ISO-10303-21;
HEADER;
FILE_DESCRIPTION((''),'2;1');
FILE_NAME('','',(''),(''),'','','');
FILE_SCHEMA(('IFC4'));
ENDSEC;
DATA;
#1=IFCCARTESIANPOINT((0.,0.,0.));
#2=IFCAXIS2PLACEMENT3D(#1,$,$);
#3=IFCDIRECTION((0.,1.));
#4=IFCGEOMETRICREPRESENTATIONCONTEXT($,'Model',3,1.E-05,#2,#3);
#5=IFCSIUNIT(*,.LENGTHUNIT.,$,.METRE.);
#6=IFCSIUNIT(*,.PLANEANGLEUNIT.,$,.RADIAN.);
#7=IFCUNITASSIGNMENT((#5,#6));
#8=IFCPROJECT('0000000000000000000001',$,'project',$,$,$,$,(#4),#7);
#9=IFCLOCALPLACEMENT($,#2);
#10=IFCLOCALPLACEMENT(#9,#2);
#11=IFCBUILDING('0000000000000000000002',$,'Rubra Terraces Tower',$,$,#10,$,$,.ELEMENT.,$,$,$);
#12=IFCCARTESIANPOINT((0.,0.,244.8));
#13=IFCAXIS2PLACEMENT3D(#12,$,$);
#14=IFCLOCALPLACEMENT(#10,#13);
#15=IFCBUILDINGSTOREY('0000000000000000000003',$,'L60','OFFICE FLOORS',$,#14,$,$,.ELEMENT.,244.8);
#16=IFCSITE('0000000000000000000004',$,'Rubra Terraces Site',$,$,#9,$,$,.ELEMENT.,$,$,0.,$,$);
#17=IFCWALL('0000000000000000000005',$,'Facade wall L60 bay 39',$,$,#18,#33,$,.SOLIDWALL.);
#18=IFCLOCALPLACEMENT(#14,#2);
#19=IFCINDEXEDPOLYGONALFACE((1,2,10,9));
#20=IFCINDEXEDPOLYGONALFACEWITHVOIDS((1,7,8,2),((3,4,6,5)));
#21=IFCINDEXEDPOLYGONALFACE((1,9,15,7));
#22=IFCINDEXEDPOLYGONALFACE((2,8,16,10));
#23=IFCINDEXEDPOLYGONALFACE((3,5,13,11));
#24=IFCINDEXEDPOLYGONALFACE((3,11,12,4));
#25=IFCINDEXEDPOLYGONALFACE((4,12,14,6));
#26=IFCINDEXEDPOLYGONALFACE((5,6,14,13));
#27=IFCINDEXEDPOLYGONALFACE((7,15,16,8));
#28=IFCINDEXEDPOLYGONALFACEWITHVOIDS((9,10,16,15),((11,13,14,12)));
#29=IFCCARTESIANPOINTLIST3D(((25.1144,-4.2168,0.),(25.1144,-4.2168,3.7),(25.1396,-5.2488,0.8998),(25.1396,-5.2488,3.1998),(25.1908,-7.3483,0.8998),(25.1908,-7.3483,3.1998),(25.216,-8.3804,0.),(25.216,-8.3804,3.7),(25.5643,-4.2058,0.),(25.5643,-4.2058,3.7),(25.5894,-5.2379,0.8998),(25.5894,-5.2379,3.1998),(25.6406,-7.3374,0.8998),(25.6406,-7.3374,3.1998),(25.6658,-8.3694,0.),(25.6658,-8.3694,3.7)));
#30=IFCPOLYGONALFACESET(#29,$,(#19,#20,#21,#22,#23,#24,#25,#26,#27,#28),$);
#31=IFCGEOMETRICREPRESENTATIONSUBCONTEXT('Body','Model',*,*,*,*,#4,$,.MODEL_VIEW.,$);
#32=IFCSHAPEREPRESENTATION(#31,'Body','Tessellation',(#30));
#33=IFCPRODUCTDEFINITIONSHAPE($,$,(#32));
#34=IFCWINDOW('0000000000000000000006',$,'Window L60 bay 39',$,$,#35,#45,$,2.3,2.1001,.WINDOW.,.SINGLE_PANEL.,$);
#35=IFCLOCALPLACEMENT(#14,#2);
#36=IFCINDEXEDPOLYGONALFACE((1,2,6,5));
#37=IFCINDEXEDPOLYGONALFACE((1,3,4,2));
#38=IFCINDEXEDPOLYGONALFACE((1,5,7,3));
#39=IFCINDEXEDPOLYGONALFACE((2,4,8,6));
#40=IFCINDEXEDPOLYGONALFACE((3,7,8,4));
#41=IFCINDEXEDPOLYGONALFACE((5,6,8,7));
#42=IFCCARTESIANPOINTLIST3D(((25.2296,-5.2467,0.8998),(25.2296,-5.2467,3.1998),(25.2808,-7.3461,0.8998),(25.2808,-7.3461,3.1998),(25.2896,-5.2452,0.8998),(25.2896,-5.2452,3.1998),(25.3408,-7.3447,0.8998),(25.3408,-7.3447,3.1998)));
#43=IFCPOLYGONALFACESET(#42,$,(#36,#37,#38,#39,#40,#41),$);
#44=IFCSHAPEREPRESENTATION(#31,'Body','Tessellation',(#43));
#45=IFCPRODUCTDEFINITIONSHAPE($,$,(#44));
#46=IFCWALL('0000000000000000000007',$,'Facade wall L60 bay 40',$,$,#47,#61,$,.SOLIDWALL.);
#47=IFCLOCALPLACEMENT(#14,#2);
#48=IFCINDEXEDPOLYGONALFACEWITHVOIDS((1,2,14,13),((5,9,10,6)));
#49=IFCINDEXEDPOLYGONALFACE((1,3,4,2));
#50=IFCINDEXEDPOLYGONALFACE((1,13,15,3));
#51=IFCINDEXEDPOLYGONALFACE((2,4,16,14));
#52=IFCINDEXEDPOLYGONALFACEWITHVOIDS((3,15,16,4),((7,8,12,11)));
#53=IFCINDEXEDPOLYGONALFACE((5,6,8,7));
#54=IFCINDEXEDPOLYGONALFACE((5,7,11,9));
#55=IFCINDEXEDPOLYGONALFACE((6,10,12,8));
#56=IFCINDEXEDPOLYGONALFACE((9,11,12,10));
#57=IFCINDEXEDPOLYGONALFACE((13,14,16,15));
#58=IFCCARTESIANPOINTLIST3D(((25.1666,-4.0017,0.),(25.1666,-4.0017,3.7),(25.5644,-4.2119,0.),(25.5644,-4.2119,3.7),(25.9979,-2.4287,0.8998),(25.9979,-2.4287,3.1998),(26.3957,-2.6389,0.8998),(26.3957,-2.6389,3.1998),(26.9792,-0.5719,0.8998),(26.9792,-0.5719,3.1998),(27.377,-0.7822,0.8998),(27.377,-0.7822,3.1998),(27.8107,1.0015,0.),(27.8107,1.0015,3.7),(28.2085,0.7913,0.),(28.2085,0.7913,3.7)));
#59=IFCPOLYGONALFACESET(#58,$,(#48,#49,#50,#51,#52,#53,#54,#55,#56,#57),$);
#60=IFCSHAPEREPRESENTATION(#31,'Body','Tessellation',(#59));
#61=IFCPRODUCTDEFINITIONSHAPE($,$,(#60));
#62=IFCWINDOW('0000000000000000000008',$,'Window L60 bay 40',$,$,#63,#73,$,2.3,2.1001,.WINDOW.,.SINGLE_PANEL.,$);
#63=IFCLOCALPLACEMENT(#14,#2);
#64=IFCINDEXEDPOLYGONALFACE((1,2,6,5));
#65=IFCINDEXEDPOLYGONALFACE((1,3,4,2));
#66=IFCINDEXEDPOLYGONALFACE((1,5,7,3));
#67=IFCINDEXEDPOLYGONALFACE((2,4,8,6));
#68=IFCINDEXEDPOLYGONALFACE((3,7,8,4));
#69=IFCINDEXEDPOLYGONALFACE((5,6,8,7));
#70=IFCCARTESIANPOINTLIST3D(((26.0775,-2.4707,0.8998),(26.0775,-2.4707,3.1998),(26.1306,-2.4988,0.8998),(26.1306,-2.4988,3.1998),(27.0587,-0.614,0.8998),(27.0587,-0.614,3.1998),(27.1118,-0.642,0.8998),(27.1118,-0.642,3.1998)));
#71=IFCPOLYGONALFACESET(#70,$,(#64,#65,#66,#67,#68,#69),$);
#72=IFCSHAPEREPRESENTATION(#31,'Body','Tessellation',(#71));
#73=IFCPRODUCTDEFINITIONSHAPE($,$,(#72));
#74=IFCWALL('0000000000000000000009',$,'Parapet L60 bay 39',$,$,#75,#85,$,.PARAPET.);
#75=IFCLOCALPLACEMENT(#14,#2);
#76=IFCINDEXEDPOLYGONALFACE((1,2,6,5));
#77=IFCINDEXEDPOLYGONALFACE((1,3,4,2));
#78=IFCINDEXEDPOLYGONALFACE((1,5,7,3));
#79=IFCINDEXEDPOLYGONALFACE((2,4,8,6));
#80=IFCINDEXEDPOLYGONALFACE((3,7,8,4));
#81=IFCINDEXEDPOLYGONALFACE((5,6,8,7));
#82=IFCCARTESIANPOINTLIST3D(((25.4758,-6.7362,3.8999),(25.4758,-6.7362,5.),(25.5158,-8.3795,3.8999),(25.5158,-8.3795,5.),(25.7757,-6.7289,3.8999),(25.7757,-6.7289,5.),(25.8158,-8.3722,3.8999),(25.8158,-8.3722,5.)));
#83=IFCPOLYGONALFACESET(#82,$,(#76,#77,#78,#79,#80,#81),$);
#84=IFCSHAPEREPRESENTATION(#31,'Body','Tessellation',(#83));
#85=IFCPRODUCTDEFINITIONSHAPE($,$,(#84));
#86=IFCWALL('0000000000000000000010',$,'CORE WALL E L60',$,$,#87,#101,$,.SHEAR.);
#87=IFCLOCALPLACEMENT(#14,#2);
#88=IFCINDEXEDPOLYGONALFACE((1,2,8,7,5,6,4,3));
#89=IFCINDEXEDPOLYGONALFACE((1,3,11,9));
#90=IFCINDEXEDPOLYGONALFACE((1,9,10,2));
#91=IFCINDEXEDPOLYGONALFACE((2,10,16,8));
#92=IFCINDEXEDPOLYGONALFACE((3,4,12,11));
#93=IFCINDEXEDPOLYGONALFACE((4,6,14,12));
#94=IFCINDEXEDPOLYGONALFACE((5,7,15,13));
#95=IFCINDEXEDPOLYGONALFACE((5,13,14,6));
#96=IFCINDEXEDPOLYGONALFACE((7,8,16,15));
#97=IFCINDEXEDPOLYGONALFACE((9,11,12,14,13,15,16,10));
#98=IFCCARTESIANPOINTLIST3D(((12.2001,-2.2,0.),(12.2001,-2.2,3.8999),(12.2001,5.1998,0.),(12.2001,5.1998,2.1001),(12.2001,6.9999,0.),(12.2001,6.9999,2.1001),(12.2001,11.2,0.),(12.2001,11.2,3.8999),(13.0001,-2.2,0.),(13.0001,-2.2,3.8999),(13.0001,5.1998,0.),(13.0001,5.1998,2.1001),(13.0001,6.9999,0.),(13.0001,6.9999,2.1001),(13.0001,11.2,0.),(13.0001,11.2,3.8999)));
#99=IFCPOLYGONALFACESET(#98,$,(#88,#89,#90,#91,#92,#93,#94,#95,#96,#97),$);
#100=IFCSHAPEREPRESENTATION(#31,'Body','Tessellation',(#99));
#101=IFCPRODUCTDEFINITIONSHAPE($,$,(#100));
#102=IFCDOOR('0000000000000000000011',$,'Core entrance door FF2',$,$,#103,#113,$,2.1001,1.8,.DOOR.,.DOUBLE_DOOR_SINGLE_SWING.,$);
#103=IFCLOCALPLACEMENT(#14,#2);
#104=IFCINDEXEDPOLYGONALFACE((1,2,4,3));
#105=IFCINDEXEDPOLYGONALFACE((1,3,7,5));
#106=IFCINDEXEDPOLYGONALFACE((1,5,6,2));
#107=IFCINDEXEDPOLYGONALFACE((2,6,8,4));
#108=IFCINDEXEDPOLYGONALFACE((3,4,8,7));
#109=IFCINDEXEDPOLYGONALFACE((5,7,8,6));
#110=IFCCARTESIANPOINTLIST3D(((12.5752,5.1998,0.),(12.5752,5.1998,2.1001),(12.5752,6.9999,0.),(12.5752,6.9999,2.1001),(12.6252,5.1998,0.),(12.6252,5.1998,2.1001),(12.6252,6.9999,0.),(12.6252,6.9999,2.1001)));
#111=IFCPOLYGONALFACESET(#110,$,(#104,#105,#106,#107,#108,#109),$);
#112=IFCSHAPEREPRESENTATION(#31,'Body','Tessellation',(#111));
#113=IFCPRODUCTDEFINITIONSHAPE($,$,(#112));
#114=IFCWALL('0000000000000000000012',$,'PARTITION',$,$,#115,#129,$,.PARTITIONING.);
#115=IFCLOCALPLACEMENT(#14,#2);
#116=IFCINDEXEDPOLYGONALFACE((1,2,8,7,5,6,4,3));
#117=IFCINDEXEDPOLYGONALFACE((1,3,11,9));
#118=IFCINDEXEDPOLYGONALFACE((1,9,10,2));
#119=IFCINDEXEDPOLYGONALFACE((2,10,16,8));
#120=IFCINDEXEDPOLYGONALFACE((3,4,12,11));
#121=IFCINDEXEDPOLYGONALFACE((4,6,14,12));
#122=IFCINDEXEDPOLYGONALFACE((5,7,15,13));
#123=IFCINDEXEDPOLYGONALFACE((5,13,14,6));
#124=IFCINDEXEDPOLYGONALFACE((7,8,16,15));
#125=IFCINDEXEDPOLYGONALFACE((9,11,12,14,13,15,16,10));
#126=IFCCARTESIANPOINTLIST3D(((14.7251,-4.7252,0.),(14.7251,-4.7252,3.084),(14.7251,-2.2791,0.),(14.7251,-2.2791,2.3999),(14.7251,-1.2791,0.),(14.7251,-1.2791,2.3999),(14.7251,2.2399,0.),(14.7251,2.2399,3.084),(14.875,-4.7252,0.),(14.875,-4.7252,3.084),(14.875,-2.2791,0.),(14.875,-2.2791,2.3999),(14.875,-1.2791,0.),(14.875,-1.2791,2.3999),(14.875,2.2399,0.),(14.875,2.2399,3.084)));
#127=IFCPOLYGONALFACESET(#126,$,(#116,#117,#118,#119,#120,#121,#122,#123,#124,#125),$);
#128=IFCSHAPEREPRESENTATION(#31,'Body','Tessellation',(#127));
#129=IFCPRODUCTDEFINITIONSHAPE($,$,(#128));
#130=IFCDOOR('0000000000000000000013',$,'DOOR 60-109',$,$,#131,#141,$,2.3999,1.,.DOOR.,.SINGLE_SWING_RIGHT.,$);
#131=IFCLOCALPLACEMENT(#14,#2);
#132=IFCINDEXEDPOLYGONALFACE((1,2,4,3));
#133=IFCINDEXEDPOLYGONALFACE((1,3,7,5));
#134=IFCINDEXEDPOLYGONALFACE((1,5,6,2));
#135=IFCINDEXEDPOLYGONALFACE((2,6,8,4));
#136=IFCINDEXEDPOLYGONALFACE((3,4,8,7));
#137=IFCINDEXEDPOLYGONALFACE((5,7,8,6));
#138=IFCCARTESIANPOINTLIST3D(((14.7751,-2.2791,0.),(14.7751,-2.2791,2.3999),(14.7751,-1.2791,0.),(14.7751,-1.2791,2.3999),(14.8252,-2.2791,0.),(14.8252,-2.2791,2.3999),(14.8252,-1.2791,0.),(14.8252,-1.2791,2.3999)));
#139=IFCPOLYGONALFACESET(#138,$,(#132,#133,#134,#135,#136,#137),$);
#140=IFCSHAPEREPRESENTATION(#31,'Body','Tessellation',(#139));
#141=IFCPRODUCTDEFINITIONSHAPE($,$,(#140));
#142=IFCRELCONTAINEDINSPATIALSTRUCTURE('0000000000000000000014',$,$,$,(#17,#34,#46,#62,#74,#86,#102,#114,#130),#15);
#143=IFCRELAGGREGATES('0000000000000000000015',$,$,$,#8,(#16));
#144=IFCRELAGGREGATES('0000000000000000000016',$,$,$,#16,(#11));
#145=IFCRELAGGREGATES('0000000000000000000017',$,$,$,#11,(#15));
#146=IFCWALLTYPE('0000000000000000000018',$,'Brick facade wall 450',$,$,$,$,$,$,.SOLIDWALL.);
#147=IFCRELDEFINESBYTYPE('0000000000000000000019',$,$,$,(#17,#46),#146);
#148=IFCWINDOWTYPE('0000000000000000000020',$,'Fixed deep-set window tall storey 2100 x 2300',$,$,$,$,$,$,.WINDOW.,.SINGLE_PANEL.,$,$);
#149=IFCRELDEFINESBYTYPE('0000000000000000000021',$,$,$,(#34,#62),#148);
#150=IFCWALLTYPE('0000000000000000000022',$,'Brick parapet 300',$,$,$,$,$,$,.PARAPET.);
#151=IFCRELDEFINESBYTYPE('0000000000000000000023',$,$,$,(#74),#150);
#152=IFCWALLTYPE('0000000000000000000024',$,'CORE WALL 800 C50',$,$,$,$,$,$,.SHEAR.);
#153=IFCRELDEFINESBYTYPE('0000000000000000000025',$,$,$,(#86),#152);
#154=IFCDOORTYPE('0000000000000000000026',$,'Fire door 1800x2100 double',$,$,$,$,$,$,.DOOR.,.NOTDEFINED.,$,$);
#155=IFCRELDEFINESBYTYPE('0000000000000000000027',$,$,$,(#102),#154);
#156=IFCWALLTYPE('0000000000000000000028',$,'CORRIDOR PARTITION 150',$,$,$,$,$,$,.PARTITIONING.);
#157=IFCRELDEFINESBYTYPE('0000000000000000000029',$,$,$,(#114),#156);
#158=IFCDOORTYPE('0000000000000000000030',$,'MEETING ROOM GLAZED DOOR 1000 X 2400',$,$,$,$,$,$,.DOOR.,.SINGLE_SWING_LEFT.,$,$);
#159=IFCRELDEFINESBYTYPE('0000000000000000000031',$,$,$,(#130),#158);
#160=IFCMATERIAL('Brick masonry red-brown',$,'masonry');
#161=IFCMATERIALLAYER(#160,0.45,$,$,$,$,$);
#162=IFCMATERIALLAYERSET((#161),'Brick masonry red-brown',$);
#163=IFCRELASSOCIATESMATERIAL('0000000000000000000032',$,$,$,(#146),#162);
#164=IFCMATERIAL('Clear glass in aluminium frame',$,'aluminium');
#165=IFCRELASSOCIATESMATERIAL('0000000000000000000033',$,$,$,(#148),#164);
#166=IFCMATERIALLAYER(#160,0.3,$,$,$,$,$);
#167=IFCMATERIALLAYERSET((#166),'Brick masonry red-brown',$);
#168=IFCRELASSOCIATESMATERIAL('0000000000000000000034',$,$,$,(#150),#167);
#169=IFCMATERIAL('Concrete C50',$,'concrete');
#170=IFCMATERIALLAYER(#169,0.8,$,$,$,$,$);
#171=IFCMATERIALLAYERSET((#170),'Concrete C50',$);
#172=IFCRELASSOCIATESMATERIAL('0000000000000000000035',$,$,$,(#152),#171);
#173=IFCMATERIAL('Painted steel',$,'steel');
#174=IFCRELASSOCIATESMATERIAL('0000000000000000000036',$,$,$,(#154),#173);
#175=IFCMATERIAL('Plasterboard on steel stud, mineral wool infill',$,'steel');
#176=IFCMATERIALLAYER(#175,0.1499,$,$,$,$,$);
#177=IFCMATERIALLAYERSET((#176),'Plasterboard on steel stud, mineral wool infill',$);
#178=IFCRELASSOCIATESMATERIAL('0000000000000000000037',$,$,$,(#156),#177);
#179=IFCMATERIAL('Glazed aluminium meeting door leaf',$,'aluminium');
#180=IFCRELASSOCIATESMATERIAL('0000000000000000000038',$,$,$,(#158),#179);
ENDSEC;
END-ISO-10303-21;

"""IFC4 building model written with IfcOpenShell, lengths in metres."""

from ifc_helpers import new_model, si_unit, direction, frame, frame_2d, origin, place, context, subcontext, project, spatial, rectangle, extrude, material, layer, layer_set, type_object, element, fill, save


model = new_model("IFC4")

# Units and contexts
model_context = context("Model", 3, precision=1e-05, world=origin(), true_north=direction((0.0, 1.0)))
body_context = subcontext(model_context, "Body", "Model", "MODEL_VIEW")
ifc_project = project(units=[si_unit("LENGTHUNIT", "METRE"), si_unit("PLANEANGLEUNIT", "RADIAN")], contexts=[model_context])

# Site, building, storey
site_placement = place(None, origin())
site = spatial("IfcSite", under=ifc_project, at=site_placement, Name="Rubra Terraces Site", CompositionType="ELEMENT", RefElevation=0.0)
building_placement = place(site_placement, origin())
building = spatial("IfcBuilding", under=site, at=building_placement, Name="Rubra Terraces Tower", CompositionType="ELEMENT")
storey_placement = place(building_placement, frame((0.0, 0.0, 244.8)))
storey = spatial("IfcBuildingStorey", under=building, at=storey_placement, Name="L60", Description="OFFICE FLOORS", CompositionType="ELEMENT", Elevation=244.8)

# Shared definitions
ifc_material_1 = material(Name="Concrete C50", Category="concrete")

# Walls, openings, windows
ifc_material_2 = material(Name="Brick masonry red-brown", Category="masonry")
ifc_layer_1 = layer(ifc_material_2, 0.45)
ifc_layer_set_1 = layer_set([ifc_layer_1], Name="Brick masonry red-brown")
wall_type_1 = type_object("IfcWallType", Name="Brick facade wall 450", PredefinedType="SOLIDWALL", material=ifc_layer_set_1)
wall_1_placement = place(storey_placement, frame((25.4409, -8.375, 0.0), z_axis=(0.0, 0.0, 1.0), x_axis=(-0.024386, 0.999703, 0.0)))
wall_1 = element("IfcWall", 1, at=wall_1_placement, inside=storey, type_object=wall_type_1, Name="Facade wall L60 bay 39", PredefinedType="SOLIDWALL", context=body_context, shape_type="SweptSolid", body=[
    extrude(rectangle(XDim=4.1648, YDim=0.45, at=frame_2d((2.0825, 0.0))), origin(), (0.0, 0.0, 1.0), 3.7),
])
opening_1_placement = place(wall_1_placement, frame((1.0325, 0.0, 0.8999)))
opening_1 = element("IfcOpeningElement", 2, at=opening_1_placement, cuts=wall_1, PredefinedType="OPENING", context=body_context, shape_type="SweptSolid", body=[
    extrude(rectangle(XDim=2.1001, YDim=2.3, at=frame_2d((1.05, 1.1499))), frame((0.0, 0.2349, 0.0), z_axis=(0.0, -1.0, 0.0), x_axis=(1.0, 0.0, 0.0)), (0.0, 0.0, 1.0), 0.47),
])
ifc_material_3 = material(Name="Clear glass in aluminium frame", Category="aluminium")
window_type = type_object("IfcWindowType", Name="Fixed deep-set window tall storey 2100 x 2300", PartitioningType="SINGLE_PANEL", PredefinedType="WINDOW", material=ifc_material_3)
window_1_placement = place(opening_1_placement, origin())
window_1 = element("IfcWindow", 3, at=window_1_placement, inside=storey, type_object=window_type, Name="Window L60 bay 39", OverallHeight=2.3, OverallWidth=2.1001, PartitioningType="SINGLE_PANEL", PredefinedType="WINDOW", context=body_context, shape_type="SweptSolid", body=[
    extrude(rectangle(XDim=2.1001, YDim=2.3, at=frame_2d((1.05, 1.1499))), frame((0.0, 0.135, 0.0), z_axis=(0.0, -1.0, 0.0), x_axis=(1.0, 0.0, 0.0)), (0.0, 0.0, 1.0), 0.0601),
])
fill(opening_1, window_1)
wall_2_placement = place(storey_placement, frame((25.3655, -4.1069, 0.0), z_axis=(0.0, 0.0, 1.0), x_axis=(0.467239, 0.884131, 0.0)))
wall_2 = element("IfcWall", 4, at=wall_2_placement, inside=storey, type_object=wall_type_1, Name="Facade wall L60 bay 40", PredefinedType="SOLIDWALL", context=body_context, shape_type="SweptSolid", body=[
    extrude(rectangle(XDim=5.6589, YDim=0.45, at=frame_2d((2.8296, 0.0))), origin(), (0.0, 0.0, 1.0), 3.7),
])
opening_2_placement = place(wall_2_placement, frame((1.7793, 0.0, 0.8999)))
opening_2 = element("IfcOpeningElement", 5, at=opening_2_placement, cuts=wall_2, PredefinedType="OPENING", context=body_context, shape_type="SweptSolid", body=[
    extrude(rectangle(XDim=2.1001, YDim=2.3, at=frame_2d((1.05, 1.1499))), frame((0.0, 0.2349, 0.0), z_axis=(0.0, -1.0, 0.0), x_axis=(1.0, 0.0, 0.0)), (0.0, 0.0, 1.0), 0.47),
])
window_2_placement = place(opening_2_placement, origin())
window_2 = element("IfcWindow", 6, at=window_2_placement, inside=storey, type_object=window_type, Name="Window L60 bay 40", OverallHeight=2.3, OverallWidth=2.1001, PartitioningType="SINGLE_PANEL", PredefinedType="WINDOW", context=body_context, shape_type="SweptSolid", body=[
    extrude(rectangle(XDim=2.1001, YDim=2.3, at=frame_2d((1.05, 1.1499))), frame((0.0, 0.135, 0.0), z_axis=(0.0, -1.0, 0.0), x_axis=(1.0, 0.0, 0.0)), (0.0, 0.0, 1.0), 0.0601),
])
fill(opening_2, window_2)

# Wall
ifc_layer_2 = layer(ifc_material_2, 0.3)
ifc_layer_set_2 = layer_set([ifc_layer_2], Name="Brick masonry red-brown")
wall_type_2 = type_object("IfcWallType", Name="Brick parapet 300", PredefinedType="PARAPET", material=ifc_layer_set_2)
wall_3_placement = place(storey_placement, frame((25.6658, -8.3757, 3.8999), z_axis=(0.0, 0.0, 1.0), x_axis=(-0.024358, 0.999703, 0.0)))
element("IfcWall", 7, at=wall_3_placement, inside=storey, type_object=wall_type_2, Name="Parapet L60 bay 39", PredefinedType="PARAPET", context=body_context, shape_type="SweptSolid", body=[
    extrude(rectangle(XDim=1.6438, YDim=0.3, at=frame_2d((0.8218, 0.0))), origin(), (0.0, 0.0, 1.0), 1.1001),
])

# Walls, openings, doors
ifc_layer_3 = layer(ifc_material_1, 0.8)
ifc_layer_set_3 = layer_set([ifc_layer_3], Name="Concrete C50")
wall_type_3 = type_object("IfcWallType", Name="CORE WALL 800 C50", PredefinedType="SHEAR", material=ifc_layer_set_3)
wall_4_placement = place(storey_placement, frame((12.6001, -2.2, 0.0), z_axis=(0.0, 0.0, 1.0), x_axis=(0.0, 1.0, 0.0)))
wall_4 = element("IfcWall", 8, at=wall_4_placement, inside=storey, type_object=wall_type_3, Name="CORE WALL E L60", PredefinedType="SHEAR", context=body_context, shape_type="SweptSolid", body=[
    extrude(rectangle(XDim=13.3999, YDim=0.8, at=frame_2d((6.7, 0.0))), origin(), (0.0, 0.0, 1.0), 3.8999),
])
opening_3_placement = place(wall_4_placement, frame((7.3999, 0.0, 0.0)))
opening_3 = element("IfcOpeningElement", 9, at=opening_3_placement, cuts=wall_4, PredefinedType="OPENING", context=body_context, shape_type="SweptSolid", body=[
    extrude(rectangle(XDim=1.8, YDim=2.1001, at=frame_2d((0.8999, 1.05))), frame((0.0, 0.4099, 0.0), z_axis=(0.0, -1.0, 0.0), x_axis=(1.0, 0.0, 0.0)), (0.0, 0.0, 1.0), 0.8201),
])
ifc_material_4 = material(Name="Painted steel", Category="steel")
door_type_1 = type_object("IfcDoorType", Name="Fire door 1800x2100 double", OperationType="NOTDEFINED", PredefinedType="DOOR", material=ifc_material_4)
door_1_placement = place(opening_3_placement, origin())
door_1 = element("IfcDoor", 10, at=door_1_placement, inside=storey, type_object=door_type_1, Name="Core entrance door FF2", OperationType="DOUBLE_DOOR_SINGLE_SWING", OverallHeight=2.1001, OverallWidth=1.8, PredefinedType="DOOR", context=body_context, shape_type="SweptSolid", body=[
    extrude(rectangle(XDim=1.8, YDim=2.1001, at=frame_2d((0.8999, 1.05))), frame((0.0, 0.0249, 0.0), z_axis=(0.0, -1.0, 0.0), x_axis=(1.0, 0.0, 0.0)), (0.0, 0.0, 1.0), 0.05),
])
fill(opening_3, door_1)
ifc_material_5 = material(Name="Plasterboard on steel stud, mineral wool infill", Category="steel")
ifc_layer_4 = layer(ifc_material_5, 0.1499)
ifc_layer_set_4 = layer_set([ifc_layer_4], Name="Plasterboard on steel stud, mineral wool infill")
wall_type_4 = type_object("IfcWallType", Name="CORRIDOR PARTITION 150", PredefinedType="PARTITIONING", material=ifc_layer_set_4)
wall_5_placement = place(storey_placement, frame((14.8, -4.7251, 0.0), z_axis=(0.0, 0.0, 1.0), x_axis=(0.0, 1.0, 0.0)))
wall_5 = element("IfcWall", 11, at=wall_5_placement, inside=storey, type_object=wall_type_4, Name="PARTITION", PredefinedType="PARTITIONING", context=body_context, shape_type="SweptSolid", body=[
    extrude(rectangle(XDim=6.9651, YDim=0.1499, at=frame_2d((3.4824, 0.0))), origin(), (0.0, 0.0, 1.0), 3.084),
])
opening_4_placement = place(wall_5_placement, frame((2.446, 0.0, 0.0)))
opening_4 = element("IfcOpeningElement", 12, at=opening_4_placement, cuts=wall_5, PredefinedType="OPENING", context=body_context, shape_type="SweptSolid", body=[
    extrude(rectangle(XDim=1.0, YDim=2.3999, at=frame_2d((0.5, 1.2))), frame((0.0, 0.085, 0.0), z_axis=(0.0, -1.0, 0.0), x_axis=(1.0, 0.0, 0.0)), (0.0, 0.0, 1.0), 0.1699),
])
ifc_material_6 = material(Name="Glazed aluminium meeting door leaf", Category="aluminium")
door_type_2 = type_object("IfcDoorType", Name="MEETING ROOM GLAZED DOOR 1000 X 2400", OperationType="SINGLE_SWING_LEFT", PredefinedType="DOOR", material=ifc_material_6)
door_2_placement = place(opening_4_placement, origin())
door_2 = element("IfcDoor", 13, at=door_2_placement, inside=storey, type_object=door_type_2, Name="DOOR 60-109", OperationType="SINGLE_SWING_RIGHT", OverallHeight=2.3999, OverallWidth=1.0, PredefinedType="DOOR", context=body_context, shape_type="SweptSolid", body=[
    extrude(rectangle(XDim=1.0, YDim=2.3999, at=frame_2d((0.5, 1.2))), frame((0.0, 0.0249, 0.0), z_axis=(0.0, -1.0, 0.0), x_axis=(1.0, 0.0, 0.0)), (0.0, 0.0, 1.0), 0.05),
])
fill(opening_4, door_2)

save(model, "model.ifc")
